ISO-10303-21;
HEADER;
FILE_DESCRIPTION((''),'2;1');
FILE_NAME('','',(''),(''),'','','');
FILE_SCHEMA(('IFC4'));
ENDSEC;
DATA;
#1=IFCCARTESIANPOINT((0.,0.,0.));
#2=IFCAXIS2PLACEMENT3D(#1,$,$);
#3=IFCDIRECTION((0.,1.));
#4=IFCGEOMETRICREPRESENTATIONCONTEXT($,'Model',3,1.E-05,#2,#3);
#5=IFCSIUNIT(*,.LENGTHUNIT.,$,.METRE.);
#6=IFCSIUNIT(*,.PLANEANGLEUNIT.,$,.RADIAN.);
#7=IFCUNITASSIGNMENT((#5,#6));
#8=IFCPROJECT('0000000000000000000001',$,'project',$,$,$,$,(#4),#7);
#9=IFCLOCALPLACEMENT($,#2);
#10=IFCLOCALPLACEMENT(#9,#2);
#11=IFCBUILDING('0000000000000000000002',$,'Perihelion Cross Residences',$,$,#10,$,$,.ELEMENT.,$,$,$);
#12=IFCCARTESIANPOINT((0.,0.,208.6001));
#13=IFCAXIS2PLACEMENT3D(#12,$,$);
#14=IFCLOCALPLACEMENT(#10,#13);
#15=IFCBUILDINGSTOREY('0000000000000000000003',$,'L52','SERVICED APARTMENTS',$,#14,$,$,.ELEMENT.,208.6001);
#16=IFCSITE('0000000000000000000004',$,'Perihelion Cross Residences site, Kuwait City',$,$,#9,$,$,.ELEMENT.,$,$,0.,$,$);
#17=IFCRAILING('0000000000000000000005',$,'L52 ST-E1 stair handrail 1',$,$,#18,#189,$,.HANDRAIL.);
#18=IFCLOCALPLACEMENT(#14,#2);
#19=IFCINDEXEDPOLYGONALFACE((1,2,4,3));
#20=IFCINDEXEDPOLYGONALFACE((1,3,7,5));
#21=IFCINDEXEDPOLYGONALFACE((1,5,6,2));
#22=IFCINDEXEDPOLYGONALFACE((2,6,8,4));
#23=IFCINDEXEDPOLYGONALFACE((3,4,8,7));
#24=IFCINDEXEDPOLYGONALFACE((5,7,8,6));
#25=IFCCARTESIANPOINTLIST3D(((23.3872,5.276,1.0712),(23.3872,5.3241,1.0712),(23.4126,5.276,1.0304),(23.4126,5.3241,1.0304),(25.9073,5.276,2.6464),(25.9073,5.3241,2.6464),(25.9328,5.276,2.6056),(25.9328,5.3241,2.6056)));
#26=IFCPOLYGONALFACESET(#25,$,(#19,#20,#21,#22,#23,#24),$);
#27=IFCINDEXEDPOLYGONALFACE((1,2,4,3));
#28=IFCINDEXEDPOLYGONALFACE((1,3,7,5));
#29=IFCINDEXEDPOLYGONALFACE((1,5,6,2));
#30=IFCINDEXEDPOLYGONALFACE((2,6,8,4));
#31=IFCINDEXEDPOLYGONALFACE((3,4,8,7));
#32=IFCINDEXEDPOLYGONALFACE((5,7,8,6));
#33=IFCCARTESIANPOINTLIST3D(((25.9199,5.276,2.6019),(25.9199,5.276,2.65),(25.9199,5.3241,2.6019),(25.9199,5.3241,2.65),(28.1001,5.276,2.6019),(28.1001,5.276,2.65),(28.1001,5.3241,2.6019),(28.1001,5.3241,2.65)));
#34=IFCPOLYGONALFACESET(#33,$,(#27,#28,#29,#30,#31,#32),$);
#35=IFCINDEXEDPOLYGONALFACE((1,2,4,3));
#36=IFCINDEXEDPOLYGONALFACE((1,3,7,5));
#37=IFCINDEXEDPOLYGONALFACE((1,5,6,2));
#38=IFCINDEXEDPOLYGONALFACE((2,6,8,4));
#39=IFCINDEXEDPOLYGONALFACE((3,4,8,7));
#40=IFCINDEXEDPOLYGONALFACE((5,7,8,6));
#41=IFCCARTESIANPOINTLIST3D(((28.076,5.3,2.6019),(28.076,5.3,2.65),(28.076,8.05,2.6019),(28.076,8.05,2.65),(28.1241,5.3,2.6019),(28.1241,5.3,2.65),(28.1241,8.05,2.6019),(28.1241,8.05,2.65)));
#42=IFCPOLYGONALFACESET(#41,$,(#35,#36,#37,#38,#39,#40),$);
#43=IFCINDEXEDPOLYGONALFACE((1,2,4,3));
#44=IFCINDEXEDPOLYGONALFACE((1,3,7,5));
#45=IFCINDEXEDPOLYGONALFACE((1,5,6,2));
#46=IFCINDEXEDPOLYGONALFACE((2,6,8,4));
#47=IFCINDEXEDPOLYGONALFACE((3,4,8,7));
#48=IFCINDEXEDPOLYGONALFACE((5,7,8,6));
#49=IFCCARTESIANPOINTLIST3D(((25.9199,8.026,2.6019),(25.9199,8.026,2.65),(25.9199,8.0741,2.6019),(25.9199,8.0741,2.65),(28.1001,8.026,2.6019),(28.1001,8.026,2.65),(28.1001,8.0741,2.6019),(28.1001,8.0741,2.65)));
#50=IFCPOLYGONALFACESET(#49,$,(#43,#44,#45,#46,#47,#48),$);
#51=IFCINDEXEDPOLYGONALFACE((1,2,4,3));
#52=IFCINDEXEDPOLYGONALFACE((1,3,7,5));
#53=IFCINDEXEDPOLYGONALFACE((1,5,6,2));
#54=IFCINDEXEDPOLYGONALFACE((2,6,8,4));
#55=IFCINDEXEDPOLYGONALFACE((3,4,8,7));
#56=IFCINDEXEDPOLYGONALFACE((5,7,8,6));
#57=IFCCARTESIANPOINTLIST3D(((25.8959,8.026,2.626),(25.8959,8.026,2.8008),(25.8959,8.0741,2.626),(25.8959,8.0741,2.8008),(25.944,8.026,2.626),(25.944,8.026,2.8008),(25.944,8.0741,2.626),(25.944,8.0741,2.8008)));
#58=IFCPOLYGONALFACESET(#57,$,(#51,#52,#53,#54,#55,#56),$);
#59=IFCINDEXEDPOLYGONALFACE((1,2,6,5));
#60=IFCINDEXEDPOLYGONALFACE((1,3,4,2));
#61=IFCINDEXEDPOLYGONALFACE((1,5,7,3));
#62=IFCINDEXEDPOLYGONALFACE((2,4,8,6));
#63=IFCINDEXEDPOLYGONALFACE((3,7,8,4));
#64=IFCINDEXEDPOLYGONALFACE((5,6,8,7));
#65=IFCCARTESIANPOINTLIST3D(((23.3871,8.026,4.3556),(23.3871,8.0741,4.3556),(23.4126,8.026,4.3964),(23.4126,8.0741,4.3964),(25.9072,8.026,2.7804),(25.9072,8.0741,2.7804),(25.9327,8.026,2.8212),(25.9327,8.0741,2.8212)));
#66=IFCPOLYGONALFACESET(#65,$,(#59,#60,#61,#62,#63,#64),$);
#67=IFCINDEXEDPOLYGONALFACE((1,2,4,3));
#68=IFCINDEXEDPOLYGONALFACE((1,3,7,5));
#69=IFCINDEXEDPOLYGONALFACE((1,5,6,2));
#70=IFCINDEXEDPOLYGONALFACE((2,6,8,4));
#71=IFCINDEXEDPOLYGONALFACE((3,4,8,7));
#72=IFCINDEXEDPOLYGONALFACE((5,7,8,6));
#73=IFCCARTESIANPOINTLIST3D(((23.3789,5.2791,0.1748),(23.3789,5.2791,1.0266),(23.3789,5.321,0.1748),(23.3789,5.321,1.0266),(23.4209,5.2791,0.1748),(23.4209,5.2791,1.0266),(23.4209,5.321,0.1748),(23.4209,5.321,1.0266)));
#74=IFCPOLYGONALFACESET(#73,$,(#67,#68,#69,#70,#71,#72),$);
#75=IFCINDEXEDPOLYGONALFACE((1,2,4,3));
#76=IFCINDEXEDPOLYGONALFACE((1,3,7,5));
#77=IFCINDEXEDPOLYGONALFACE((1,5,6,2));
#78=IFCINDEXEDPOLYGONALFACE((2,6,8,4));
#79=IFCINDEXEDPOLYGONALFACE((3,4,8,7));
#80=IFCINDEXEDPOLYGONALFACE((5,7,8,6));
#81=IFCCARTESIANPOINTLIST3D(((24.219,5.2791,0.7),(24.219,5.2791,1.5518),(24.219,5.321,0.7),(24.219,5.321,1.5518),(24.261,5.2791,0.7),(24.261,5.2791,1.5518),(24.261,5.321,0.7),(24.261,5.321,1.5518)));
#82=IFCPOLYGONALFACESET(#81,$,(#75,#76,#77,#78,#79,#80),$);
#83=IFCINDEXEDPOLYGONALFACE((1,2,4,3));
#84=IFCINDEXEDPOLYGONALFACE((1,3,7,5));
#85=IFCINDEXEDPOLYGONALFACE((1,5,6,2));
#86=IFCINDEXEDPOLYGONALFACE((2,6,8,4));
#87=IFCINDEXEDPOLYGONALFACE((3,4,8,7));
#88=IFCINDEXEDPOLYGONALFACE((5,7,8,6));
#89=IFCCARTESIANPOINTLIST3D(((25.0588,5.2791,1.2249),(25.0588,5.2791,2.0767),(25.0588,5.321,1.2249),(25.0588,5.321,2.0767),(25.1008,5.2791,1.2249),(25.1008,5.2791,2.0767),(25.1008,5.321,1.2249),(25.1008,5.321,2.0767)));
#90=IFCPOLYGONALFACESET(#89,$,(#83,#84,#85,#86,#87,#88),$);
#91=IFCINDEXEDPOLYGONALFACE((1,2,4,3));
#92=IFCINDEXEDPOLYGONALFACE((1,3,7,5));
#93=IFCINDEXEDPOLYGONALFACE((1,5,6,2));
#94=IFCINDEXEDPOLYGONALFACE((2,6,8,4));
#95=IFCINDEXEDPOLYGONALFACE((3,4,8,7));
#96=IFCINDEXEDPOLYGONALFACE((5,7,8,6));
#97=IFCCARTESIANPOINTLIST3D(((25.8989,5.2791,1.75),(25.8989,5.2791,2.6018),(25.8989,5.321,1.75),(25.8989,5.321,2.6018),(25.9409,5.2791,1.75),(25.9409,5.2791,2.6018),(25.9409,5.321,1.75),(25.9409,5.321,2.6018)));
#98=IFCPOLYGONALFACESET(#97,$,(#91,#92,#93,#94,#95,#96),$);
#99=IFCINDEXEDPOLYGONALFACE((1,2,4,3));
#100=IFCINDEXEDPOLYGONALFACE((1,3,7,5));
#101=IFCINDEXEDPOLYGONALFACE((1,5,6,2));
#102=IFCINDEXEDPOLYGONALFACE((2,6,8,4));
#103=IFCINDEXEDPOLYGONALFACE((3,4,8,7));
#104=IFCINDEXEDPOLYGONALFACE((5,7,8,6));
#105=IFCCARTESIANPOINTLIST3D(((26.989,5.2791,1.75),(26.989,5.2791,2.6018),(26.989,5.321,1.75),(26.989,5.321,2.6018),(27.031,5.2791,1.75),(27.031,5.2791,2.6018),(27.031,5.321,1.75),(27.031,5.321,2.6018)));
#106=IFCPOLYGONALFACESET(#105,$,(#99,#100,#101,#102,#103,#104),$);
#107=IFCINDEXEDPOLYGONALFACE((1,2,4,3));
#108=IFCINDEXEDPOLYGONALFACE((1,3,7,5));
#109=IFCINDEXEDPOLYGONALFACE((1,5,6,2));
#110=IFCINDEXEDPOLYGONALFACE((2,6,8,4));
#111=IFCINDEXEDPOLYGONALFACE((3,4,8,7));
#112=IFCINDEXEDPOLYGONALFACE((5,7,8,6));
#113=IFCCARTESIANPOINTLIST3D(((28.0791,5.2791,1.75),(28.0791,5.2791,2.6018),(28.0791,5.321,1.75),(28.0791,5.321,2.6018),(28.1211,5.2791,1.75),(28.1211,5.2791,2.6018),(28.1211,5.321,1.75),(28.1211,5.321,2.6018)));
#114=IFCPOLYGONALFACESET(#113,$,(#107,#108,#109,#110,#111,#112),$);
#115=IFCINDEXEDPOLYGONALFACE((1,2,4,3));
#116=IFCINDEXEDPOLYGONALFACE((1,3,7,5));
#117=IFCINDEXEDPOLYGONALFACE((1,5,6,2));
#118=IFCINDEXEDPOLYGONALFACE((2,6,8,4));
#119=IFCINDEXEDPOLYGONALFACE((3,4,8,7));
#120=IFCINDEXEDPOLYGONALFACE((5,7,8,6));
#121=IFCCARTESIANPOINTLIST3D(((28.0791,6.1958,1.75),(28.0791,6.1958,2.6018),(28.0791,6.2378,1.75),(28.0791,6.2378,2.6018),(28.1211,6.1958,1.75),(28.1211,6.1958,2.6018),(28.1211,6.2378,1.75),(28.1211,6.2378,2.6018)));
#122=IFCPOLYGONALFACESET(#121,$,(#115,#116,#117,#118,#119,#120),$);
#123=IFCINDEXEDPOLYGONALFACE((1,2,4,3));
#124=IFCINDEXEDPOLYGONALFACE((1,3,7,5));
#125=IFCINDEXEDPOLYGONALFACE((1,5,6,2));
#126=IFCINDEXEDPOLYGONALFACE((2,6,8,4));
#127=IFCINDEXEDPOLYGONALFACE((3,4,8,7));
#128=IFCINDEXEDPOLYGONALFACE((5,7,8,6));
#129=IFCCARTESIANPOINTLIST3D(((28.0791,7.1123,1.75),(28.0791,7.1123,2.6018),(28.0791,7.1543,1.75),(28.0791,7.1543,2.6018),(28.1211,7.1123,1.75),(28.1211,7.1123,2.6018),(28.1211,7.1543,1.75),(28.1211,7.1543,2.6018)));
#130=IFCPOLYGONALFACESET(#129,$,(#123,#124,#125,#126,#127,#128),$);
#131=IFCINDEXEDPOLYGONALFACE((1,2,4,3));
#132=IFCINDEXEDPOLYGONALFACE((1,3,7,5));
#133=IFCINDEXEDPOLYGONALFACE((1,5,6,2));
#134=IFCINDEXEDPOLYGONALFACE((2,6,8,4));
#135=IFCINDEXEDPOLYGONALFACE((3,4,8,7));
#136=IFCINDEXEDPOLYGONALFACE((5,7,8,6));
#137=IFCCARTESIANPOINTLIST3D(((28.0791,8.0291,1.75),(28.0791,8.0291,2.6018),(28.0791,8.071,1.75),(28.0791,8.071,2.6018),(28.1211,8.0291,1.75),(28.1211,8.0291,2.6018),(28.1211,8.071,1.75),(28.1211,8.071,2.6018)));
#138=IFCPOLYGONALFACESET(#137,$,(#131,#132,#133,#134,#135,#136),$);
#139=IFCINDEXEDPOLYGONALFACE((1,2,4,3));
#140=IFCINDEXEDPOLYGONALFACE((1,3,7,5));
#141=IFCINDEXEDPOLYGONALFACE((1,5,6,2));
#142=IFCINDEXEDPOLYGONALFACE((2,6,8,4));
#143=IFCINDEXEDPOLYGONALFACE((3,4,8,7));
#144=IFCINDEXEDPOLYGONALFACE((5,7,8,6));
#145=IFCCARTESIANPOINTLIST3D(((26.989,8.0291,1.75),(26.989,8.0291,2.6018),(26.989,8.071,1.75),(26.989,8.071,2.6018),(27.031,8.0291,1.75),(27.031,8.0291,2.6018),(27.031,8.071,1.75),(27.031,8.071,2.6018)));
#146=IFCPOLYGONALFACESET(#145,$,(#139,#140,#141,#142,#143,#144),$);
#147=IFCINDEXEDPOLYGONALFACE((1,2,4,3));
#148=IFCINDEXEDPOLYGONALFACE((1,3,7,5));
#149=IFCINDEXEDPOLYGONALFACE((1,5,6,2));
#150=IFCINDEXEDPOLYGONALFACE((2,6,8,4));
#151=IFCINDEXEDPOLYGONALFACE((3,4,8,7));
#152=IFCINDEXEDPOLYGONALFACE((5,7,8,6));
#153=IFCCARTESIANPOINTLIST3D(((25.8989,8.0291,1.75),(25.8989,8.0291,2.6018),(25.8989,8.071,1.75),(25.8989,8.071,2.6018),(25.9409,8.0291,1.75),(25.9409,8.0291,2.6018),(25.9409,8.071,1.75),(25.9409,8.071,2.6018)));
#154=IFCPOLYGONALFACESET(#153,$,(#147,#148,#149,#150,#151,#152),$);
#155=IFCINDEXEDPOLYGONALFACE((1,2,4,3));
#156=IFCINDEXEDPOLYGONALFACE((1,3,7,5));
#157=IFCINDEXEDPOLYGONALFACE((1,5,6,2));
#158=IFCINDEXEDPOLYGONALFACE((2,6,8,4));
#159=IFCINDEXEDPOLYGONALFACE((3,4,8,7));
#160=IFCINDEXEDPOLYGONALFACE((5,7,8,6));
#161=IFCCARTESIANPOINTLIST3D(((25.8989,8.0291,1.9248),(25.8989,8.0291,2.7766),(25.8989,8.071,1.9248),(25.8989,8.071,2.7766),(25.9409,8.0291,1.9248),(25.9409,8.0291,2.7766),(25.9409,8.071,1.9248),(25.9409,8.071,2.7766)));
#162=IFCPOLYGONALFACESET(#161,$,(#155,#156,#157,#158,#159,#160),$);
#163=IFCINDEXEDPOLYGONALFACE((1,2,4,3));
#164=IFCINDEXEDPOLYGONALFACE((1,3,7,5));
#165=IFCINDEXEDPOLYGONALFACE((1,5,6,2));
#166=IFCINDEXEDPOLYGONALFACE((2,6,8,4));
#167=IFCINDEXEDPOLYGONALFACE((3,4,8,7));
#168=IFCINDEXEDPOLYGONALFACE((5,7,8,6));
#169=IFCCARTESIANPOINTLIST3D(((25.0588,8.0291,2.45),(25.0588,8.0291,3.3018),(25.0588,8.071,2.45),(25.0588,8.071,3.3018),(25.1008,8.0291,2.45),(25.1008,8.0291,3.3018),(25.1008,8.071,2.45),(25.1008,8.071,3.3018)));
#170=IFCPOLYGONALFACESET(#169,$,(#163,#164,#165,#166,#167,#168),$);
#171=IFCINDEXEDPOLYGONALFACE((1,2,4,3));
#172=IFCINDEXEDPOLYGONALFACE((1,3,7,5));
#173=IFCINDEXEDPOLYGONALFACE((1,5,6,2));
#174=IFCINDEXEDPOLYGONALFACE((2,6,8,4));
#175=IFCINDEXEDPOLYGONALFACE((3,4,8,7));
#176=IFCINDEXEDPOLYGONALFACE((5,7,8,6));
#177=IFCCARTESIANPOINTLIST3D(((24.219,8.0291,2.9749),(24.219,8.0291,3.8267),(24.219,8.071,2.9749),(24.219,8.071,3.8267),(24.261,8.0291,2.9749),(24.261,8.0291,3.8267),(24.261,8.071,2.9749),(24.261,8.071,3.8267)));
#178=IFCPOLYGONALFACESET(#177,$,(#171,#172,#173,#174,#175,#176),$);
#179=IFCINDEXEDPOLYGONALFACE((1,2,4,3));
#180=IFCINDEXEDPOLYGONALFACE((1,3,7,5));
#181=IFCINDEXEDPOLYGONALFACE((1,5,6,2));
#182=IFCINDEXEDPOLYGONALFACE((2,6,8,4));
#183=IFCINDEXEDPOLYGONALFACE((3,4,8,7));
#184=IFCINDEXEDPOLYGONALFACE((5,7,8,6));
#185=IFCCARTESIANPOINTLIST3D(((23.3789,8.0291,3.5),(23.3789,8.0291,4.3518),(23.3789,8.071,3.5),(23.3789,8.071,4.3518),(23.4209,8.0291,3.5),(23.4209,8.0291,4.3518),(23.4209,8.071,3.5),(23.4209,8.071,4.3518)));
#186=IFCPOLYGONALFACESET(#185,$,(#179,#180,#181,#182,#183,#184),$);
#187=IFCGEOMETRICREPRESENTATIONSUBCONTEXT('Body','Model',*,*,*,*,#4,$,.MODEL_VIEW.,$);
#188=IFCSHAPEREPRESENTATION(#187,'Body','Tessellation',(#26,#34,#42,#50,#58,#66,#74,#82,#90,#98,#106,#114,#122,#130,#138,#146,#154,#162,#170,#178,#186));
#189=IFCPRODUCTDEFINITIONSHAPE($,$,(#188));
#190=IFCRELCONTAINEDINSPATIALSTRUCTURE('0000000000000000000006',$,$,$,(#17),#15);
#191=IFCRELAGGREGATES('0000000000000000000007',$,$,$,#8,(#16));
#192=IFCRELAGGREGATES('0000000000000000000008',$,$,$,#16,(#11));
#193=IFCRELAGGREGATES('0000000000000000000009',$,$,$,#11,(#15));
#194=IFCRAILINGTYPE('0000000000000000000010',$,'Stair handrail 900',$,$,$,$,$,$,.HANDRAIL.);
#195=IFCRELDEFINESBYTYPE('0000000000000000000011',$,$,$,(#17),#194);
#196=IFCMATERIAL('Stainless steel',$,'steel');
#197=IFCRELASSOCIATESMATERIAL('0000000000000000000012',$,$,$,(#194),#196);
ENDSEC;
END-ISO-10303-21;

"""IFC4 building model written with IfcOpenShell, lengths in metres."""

from ifc_helpers import new_model, si_unit, direction, frame, origin, origin_2d, place, context, subcontext, project, spatial, rectangle, extrude, material, type_object, element, save


model = new_model("IFC4")

# Units and contexts
model_context = context("Model", 3, precision=1e-05, world=origin(), true_north=direction((0.0, 1.0)))
body_context = subcontext(model_context, "Body", "Model", "MODEL_VIEW")
ifc_project = project(units=[si_unit("LENGTHUNIT", "METRE"), si_unit("PLANEANGLEUNIT", "RADIAN")], contexts=[model_context])

# Site, building, storey
site_placement = place(None, origin())
site = spatial("IfcSite", under=ifc_project, at=site_placement, Name="Perihelion Cross Residences site, Kuwait City", CompositionType="ELEMENT", RefElevation=0.0)
building_placement = place(site_placement, origin())
building = spatial("IfcBuilding", under=site, at=building_placement, Name="Perihelion Cross Residences", CompositionType="ELEMENT")
storey_placement = place(building_placement, frame((0.0, 0.0, 208.6001)))
storey = spatial("IfcBuildingStorey", under=building, at=storey_placement, Name="L52", Description="SERVICED APARTMENTS", CompositionType="ELEMENT", Elevation=208.6001)

# Railing
ifc_material_1 = material(Name="Stainless steel", Category="steel")
railing_type_1 = type_object("IfcRailingType", Name="Stair handrail 900", PredefinedType="HANDRAIL", material=ifc_material_1)
railing_1_placement = place(storey_placement, frame((23.3999, 5.3, 0.1748)))
element("IfcRailing", 1, at=railing_1_placement, inside=storey, type_object=railing_type_1, Name="L52 ST-E1 stair handrail 1", PredefinedType="HANDRAIL", context=body_context, shape_type="SweptSolid", body=[
    extrude(rectangle(XDim=0.0481, YDim=0.0481, at=origin_2d()), frame((0.0, 0.0, 0.876), z_axis=(0.847971, 0.0, 0.530043), x_axis=(0.0, 1.0, 0.0)), (0.0, 0.0, 1.0), 2.9719),
    extrude(rectangle(XDim=0.0481, YDim=0.0481, at=origin_2d()), frame((2.52, 0.0, 2.4512), z_axis=(1.0, 0.0, 0.0), x_axis=(0.0, 1.0, 0.0)), (0.0, 0.0, 1.0), 2.1802),
    extrude(rectangle(XDim=0.0481, YDim=0.0481, at=origin_2d()), frame((4.7002, 0.0, 2.4512), z_axis=(0.0, 1.0, 0.0), x_axis=(-1.0, 0.0, 0.0)), (0.0, 0.0, 1.0), 2.75),
    extrude(rectangle(XDim=0.0481, YDim=0.0481, at=origin_2d()), frame((4.7002, 2.75, 2.4512), z_axis=(-1.0, 0.0, 0.0), x_axis=(0.0, -1.0, 0.0)), (0.0, 0.0, 1.0), 2.1802),
    extrude(rectangle(XDim=0.0481, YDim=0.0481, at=origin_2d()), frame((2.52, 2.75, 2.4512), z_axis=(0.0, 0.0, 1.0), x_axis=(1.0, 0.0, 0.0)), (0.0, 0.0, 1.0), 0.1748),
    extrude(rectangle(XDim=0.0481, YDim=0.0481, at=origin_2d()), frame((2.52, 2.75, 2.626), z_axis=(-0.847971, 0.0, 0.530043), x_axis=(0.0, -1.0, 0.0)), (0.0, 0.0, 1.0), 2.9719),
    extrude(rectangle(XDim=0.042, YDim=0.042, at=origin_2d()), origin(), (0.0, 0.0, 1.0), 0.8518),
    extrude(rectangle(XDim=0.042, YDim=0.042, at=origin_2d()), frame((0.8401, 0.0, 0.5251)), (0.0, 0.0, 1.0), 0.8518),
    extrude(rectangle(XDim=0.042, YDim=0.042, at=origin_2d()), frame((1.6799, 0.0, 1.05)), (0.0, 0.0, 1.0), 0.8518),
    extrude(rectangle(XDim=0.042, YDim=0.042, at=origin_2d()), frame((2.52, 0.0, 1.5752)), (0.0, 0.0, 1.0), 0.8518),
    extrude(rectangle(XDim=0.042, YDim=0.042, at=origin_2d()), frame((3.6101, 0.0, 1.5752)), (0.0, 0.0, 1.0), 0.8518),
    extrude(rectangle(XDim=0.042, YDim=0.042, at=origin_2d()), frame((4.7002, 0.0, 1.5752)), (0.0, 0.0, 1.0), 0.8518),
    extrude(rectangle(XDim=0.042, YDim=0.042, at=origin_2d()), frame((4.7002, 0.9167, 1.5752)), (0.0, 0.0, 1.0), 0.8518),
    extrude(rectangle(XDim=0.042, YDim=0.042, at=origin_2d()), frame((4.7002, 1.8333, 1.5752)), (0.0, 0.0, 1.0), 0.8518),
    extrude(rectangle(XDim=0.042, YDim=0.042, at=origin_2d()), frame((4.7002, 2.75, 1.5752)), (0.0, 0.0, 1.0), 0.8518),
    extrude(rectangle(XDim=0.042, YDim=0.042, at=origin_2d()), frame((3.6101, 2.75, 1.5752)), (0.0, 0.0, 1.0), 0.8518),
    extrude(rectangle(XDim=0.042, YDim=0.042, at=origin_2d()), frame((2.52, 2.75, 1.5752)), (0.0, 0.0, 1.0), 0.8518),
    extrude(rectangle(XDim=0.042, YDim=0.042, at=origin_2d()), frame((2.52, 2.75, 1.75)), (0.0, 0.0, 1.0), 0.8518),
    extrude(rectangle(XDim=0.042, YDim=0.042, at=origin_2d()), frame((1.6799, 2.75, 2.2751)), (0.0, 0.0, 1.0), 0.8518),
    extrude(rectangle(XDim=0.042, YDim=0.042, at=origin_2d()), frame((0.8401, 2.75, 2.8)), (0.0, 0.0, 1.0), 0.8518),
    extrude(rectangle(XDim=0.042, YDim=0.042, at=origin_2d()), frame((0.0, 2.75, 3.3252)), (0.0, 0.0, 1.0), 0.8518),
])

save(model, "model.ifc")
